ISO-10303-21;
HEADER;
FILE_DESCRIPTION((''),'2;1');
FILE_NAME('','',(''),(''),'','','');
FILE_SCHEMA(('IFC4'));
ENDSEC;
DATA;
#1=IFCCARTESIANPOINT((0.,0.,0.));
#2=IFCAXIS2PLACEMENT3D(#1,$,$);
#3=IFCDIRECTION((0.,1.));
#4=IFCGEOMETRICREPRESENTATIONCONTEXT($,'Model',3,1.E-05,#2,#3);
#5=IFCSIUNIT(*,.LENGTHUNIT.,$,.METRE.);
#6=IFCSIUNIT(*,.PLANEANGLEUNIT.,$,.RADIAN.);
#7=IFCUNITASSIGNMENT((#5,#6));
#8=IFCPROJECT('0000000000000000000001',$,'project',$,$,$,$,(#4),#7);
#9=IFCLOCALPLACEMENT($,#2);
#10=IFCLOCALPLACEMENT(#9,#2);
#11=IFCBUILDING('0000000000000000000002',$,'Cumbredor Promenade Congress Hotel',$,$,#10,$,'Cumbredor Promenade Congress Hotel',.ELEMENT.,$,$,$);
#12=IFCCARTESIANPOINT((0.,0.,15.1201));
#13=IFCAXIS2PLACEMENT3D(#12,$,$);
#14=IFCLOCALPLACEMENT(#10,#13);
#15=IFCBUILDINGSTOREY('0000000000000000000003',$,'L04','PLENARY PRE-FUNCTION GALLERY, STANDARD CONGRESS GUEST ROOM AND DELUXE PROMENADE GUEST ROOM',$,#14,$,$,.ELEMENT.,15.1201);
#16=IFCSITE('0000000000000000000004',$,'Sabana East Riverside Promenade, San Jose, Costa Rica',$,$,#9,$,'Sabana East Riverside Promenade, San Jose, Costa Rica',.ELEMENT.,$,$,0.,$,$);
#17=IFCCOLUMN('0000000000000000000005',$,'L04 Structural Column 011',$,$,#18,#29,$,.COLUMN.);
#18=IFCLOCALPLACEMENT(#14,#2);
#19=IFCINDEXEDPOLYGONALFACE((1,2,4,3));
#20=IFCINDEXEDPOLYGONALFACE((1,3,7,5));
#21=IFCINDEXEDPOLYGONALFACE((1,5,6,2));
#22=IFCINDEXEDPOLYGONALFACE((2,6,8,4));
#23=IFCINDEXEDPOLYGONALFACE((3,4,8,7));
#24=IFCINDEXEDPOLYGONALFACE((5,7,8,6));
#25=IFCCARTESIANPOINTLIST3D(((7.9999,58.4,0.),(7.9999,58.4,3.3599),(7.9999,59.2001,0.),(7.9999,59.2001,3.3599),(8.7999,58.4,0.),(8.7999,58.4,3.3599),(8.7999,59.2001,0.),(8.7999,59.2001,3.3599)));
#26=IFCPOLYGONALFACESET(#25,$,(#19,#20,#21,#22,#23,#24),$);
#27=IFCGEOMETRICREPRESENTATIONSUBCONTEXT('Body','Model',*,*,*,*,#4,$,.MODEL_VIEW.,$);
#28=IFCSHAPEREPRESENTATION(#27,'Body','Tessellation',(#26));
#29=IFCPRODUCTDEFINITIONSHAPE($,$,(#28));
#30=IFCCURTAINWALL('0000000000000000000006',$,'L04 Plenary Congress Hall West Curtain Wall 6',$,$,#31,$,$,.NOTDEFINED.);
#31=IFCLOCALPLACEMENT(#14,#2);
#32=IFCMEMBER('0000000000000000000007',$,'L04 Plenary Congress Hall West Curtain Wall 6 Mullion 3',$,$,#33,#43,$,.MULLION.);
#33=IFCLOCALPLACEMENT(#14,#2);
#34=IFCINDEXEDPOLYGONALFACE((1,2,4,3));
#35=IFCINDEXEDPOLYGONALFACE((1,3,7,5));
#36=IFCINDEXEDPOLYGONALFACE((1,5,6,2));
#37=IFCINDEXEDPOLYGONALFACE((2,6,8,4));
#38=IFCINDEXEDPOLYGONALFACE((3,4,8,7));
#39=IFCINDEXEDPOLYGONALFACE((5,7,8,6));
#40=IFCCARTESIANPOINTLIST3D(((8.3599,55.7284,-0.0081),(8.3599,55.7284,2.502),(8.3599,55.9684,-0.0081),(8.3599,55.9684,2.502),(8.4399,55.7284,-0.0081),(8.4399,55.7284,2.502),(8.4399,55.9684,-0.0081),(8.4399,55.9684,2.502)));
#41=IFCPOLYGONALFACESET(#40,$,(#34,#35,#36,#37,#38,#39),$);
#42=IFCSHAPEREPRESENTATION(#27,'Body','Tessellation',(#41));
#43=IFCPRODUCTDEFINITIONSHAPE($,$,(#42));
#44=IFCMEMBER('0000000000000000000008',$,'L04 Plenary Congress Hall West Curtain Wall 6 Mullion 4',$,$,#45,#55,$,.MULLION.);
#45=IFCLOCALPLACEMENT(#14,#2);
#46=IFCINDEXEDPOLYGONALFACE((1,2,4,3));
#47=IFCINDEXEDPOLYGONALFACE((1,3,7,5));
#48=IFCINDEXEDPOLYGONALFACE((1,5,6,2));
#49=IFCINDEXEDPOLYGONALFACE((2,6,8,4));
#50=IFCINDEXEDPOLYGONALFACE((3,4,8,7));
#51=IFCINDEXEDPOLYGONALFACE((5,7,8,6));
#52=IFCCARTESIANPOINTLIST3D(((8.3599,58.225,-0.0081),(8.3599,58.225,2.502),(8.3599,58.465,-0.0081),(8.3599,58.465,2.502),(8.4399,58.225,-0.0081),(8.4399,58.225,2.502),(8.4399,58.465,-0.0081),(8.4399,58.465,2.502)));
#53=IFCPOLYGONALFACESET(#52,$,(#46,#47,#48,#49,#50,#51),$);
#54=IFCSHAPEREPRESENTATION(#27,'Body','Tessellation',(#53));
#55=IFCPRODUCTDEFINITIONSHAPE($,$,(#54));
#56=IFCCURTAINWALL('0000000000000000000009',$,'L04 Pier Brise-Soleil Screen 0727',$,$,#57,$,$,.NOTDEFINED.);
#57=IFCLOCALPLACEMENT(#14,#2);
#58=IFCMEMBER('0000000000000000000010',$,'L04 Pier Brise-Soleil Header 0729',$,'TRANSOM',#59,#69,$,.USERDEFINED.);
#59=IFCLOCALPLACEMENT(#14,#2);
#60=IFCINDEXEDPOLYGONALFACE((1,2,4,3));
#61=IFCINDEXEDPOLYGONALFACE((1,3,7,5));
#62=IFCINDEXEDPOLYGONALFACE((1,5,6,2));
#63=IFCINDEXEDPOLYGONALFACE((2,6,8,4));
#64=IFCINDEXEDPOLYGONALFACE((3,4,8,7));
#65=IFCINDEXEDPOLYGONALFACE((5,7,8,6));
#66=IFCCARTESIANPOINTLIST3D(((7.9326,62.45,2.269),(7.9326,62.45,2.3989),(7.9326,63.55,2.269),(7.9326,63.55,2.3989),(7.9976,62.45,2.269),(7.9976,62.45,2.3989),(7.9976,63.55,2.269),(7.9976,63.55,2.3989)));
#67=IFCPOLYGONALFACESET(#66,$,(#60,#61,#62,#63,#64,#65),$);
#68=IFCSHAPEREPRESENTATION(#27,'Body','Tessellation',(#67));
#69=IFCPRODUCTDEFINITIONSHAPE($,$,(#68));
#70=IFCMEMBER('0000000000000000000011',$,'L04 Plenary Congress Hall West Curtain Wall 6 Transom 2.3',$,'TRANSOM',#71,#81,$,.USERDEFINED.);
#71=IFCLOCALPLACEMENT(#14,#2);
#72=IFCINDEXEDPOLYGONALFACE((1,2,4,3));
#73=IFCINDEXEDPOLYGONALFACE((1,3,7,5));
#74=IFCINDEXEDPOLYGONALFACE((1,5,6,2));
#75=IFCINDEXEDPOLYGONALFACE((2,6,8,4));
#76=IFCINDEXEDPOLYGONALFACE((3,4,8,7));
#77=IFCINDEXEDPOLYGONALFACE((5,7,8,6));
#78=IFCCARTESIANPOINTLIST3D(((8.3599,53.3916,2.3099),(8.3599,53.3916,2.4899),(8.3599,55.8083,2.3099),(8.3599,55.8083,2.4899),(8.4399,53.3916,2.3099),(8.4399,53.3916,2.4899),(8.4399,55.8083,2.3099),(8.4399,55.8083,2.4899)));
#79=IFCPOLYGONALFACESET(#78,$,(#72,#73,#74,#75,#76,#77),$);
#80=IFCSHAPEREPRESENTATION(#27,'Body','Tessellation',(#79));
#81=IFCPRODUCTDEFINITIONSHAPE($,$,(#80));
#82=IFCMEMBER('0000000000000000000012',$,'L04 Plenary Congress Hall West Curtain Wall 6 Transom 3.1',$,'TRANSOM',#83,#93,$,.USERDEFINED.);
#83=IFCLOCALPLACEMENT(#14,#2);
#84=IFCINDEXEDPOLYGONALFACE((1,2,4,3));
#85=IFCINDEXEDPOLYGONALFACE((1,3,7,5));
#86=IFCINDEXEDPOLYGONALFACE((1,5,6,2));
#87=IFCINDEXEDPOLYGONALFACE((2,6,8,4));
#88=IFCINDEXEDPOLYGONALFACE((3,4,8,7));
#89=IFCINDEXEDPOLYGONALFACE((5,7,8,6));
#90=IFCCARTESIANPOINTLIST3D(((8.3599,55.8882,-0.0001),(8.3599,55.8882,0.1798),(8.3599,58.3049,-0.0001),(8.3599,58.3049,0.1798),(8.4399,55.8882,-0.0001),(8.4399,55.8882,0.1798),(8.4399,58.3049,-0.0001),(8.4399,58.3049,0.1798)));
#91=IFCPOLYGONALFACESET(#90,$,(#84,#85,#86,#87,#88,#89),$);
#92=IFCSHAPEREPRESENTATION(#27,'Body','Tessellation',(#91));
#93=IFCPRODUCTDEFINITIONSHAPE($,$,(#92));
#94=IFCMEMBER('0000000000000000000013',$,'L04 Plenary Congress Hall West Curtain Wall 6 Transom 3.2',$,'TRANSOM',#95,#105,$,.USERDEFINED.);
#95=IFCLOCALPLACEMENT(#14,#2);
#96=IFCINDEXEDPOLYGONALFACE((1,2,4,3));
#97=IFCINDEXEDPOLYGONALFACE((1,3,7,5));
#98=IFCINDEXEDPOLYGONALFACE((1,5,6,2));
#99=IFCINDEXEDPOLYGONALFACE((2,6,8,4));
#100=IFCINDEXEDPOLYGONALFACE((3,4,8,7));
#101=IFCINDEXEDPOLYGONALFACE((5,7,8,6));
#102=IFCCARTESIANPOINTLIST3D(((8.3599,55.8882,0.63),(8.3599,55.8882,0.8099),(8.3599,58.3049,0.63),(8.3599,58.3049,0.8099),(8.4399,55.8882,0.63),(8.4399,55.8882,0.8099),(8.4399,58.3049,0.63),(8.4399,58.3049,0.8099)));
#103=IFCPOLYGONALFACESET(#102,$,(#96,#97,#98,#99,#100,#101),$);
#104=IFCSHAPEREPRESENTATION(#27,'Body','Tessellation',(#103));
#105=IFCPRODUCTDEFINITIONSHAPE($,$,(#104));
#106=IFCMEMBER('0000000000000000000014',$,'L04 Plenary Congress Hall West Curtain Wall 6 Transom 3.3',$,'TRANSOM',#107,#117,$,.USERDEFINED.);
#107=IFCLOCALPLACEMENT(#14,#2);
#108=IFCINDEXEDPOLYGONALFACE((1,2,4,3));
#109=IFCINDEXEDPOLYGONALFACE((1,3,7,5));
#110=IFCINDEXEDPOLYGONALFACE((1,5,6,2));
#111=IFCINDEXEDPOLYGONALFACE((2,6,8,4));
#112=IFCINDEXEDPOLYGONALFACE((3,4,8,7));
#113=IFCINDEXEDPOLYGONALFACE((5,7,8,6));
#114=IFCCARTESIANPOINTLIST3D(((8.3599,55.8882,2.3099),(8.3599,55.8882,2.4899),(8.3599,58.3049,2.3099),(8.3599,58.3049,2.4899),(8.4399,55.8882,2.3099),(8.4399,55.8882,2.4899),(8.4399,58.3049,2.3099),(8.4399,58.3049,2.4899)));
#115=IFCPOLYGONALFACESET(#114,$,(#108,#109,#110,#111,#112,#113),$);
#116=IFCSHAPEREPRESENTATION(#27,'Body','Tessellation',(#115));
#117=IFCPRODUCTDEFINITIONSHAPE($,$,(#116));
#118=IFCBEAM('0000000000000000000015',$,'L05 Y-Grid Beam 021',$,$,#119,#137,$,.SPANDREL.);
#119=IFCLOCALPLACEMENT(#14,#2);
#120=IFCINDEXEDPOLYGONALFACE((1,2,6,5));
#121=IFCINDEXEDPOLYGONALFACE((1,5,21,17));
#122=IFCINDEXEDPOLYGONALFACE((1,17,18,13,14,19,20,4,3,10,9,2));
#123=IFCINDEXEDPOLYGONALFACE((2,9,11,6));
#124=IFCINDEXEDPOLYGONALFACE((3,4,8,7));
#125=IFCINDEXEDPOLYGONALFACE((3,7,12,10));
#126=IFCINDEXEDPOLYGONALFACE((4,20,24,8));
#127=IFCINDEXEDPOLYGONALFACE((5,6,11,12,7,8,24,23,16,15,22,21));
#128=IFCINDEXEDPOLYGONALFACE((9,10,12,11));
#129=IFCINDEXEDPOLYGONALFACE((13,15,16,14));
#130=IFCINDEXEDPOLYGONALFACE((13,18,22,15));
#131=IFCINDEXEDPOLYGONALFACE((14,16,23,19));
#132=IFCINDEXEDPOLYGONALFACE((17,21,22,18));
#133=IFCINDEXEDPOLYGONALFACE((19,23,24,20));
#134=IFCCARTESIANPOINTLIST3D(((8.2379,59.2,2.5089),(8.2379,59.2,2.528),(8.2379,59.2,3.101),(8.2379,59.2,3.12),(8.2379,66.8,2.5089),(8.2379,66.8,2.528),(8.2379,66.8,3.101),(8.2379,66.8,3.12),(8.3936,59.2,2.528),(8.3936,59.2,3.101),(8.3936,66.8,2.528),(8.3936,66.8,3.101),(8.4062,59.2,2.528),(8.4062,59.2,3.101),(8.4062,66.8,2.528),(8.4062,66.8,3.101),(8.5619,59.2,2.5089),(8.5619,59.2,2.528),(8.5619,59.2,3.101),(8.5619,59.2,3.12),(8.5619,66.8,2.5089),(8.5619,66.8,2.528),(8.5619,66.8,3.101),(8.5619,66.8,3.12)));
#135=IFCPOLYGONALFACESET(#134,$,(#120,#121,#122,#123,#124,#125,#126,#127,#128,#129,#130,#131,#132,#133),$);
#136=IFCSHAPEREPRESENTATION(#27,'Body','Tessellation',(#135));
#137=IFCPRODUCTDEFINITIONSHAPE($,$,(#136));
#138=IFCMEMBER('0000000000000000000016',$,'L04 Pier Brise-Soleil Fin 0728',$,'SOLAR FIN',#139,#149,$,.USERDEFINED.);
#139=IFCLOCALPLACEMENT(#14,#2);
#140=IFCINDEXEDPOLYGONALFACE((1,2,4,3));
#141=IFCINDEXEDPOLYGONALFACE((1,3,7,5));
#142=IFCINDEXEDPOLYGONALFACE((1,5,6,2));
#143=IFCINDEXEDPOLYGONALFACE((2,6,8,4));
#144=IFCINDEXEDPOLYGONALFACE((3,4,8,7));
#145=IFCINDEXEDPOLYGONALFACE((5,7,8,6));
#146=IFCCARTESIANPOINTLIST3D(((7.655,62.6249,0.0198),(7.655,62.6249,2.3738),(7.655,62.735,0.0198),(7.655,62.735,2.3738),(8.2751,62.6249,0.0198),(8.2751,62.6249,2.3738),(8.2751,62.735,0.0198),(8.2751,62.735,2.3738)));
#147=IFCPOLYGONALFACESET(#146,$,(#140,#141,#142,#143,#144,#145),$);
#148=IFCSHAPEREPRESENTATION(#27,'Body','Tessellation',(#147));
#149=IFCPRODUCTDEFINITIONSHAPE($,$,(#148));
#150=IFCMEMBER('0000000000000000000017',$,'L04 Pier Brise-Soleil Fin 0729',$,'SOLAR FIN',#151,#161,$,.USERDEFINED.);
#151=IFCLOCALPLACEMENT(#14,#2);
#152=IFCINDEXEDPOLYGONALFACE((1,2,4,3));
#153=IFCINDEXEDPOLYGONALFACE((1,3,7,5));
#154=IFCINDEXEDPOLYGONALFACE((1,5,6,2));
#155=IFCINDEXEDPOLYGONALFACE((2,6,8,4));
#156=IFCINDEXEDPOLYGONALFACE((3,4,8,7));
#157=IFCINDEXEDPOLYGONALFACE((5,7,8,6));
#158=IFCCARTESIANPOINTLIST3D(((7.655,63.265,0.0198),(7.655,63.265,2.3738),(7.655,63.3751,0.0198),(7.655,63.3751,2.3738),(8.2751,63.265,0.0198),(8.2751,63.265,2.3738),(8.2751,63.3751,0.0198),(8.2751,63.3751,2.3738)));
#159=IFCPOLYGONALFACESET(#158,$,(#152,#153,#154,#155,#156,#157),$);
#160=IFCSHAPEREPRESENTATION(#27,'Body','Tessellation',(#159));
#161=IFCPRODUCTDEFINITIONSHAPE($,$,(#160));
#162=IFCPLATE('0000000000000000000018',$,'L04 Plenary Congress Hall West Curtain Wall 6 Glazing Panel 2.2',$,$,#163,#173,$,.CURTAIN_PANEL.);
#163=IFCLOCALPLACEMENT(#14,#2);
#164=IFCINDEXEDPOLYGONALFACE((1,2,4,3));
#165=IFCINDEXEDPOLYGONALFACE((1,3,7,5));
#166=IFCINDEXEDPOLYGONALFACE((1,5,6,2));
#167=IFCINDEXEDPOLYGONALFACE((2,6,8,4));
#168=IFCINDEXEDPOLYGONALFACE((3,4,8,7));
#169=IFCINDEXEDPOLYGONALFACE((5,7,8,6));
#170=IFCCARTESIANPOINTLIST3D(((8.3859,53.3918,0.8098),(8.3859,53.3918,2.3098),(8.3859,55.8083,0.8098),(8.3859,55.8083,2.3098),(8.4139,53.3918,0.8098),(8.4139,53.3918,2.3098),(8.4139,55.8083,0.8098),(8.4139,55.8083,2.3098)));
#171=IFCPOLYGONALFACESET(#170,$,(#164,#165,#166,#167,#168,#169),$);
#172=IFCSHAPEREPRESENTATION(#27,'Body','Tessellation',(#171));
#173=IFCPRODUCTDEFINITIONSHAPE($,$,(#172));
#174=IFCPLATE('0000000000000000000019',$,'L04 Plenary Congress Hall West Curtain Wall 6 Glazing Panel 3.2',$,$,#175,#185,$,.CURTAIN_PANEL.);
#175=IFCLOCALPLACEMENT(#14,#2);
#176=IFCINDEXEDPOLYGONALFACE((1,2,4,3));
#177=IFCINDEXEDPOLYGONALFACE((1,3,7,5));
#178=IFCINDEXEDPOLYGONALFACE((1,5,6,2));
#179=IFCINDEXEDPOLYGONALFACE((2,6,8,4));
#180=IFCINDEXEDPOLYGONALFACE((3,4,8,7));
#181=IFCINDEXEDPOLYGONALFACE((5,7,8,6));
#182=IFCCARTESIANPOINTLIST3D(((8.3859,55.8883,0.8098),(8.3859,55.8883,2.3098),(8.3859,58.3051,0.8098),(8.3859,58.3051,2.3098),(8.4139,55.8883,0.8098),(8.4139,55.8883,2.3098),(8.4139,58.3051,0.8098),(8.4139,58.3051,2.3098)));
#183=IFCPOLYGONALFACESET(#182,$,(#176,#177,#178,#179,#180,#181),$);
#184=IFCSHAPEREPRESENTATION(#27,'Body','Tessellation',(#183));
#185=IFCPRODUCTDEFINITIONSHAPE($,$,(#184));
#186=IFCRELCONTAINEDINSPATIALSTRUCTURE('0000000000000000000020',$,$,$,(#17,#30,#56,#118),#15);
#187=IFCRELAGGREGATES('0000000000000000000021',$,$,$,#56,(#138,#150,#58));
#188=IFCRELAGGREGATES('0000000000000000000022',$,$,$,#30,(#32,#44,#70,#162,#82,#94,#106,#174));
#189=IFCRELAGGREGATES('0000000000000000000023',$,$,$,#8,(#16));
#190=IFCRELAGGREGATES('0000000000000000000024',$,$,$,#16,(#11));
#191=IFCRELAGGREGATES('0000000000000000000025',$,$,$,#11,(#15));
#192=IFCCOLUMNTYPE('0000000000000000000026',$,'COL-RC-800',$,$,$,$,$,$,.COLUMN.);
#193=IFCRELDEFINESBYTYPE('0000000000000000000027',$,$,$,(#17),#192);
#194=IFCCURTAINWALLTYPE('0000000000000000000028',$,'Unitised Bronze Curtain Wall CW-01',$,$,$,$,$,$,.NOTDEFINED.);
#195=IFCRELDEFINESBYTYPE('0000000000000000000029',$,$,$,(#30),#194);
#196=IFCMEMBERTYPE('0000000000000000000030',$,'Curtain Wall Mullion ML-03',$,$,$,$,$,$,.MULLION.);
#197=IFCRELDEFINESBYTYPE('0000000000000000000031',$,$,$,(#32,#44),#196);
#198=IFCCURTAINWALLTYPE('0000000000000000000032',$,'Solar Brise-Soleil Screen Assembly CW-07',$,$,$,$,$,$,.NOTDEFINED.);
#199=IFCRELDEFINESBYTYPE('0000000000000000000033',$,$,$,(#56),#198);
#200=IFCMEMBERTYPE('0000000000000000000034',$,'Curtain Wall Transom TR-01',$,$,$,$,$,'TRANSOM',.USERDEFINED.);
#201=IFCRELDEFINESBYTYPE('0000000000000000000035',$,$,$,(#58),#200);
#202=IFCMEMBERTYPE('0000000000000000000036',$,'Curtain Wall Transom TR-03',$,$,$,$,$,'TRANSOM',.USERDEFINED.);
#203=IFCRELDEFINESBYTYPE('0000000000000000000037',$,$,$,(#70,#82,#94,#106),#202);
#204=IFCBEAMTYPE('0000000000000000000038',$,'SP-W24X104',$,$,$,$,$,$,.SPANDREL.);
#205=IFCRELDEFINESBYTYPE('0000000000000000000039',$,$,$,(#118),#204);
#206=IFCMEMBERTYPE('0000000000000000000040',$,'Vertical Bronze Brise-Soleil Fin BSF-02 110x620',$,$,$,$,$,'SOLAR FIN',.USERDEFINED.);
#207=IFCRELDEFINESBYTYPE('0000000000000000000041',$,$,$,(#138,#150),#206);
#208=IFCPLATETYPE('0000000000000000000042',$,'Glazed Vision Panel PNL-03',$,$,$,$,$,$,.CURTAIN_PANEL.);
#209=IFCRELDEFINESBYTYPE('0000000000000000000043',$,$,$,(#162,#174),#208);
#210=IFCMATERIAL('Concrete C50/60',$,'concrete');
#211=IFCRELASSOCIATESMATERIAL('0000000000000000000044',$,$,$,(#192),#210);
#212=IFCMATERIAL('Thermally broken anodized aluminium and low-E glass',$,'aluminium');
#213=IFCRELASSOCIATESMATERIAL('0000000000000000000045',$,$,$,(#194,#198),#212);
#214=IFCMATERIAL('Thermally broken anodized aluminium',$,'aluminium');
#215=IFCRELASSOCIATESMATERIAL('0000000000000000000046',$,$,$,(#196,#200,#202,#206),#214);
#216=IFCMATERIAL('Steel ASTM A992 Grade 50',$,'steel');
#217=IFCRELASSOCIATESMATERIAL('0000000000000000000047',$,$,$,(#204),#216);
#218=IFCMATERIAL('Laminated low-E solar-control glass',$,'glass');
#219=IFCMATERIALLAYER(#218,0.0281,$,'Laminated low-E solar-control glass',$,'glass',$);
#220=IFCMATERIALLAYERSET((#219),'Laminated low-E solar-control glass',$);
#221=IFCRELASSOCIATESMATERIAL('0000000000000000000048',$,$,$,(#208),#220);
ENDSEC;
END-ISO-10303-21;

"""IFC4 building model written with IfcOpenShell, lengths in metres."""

from ifc_helpers import new_model, si_unit, direction, frame, origin, origin_2d, place, context, subcontext, project, spatial, rectangle, i_section, extrude, material, layer, layer_set, material_profile, profile_set, type_object, element, aggregate, save


model = new_model("IFC4")

# Units and contexts
model_context = context("Model", 3, precision=1e-05, world=origin(), true_north=direction((0.0, 1.0)))
body_context = subcontext(model_context, "Body", "Model", "MODEL_VIEW")
ifc_project = project(units=[si_unit("LENGTHUNIT", "METRE"), si_unit("PLANEANGLEUNIT", "RADIAN")], contexts=[model_context])

# Site, building, storey
site_placement = place(None, origin())
site = spatial("IfcSite", under=ifc_project, at=site_placement, Name="Sabana East Riverside Promenade, San Jose, Costa Rica", LongName="Sabana East Riverside Promenade, San Jose, Costa Rica", CompositionType="ELEMENT", RefElevation=0.0)
building_placement = place(site_placement, origin())
building = spatial("IfcBuilding", under=site, at=building_placement, Name="Cumbredor Promenade Congress Hotel", LongName="Cumbredor Promenade Congress Hotel", CompositionType="ELEMENT")
storey_placement = place(building_placement, frame((0.0, 0.0, 15.1201)))
storey = spatial("IfcBuildingStorey", under=building, at=storey_placement, Name="L04", Description="PLENARY PRE-FUNCTION GALLERY, STANDARD CONGRESS GUEST ROOM AND DELUXE PROMENADE GUEST ROOM", CompositionType="ELEMENT", Elevation=15.1201)

# Column
ifc_material_1 = material(Name="Concrete C50/60", Category="concrete")
ifc_material_profile_1 = material_profile(ifc_material_1, rectangle(XDim=0.8, YDim=0.8, at=origin_2d()), Name="RC 800x800")
ifc_profile_set_1 = profile_set([ifc_material_profile_1], Name="Concrete C50/60")
column_type = type_object("IfcColumnType", Name="COL-RC-800", PredefinedType="COLUMN", material=ifc_profile_set_1)
column_placement = place(storey_placement, frame((8.3999, 58.8, 0.0), z_axis=(0.0, 0.0, 1.0), x_axis=(1.0, 0.0, 0.0)))
element("IfcColumn", 1, at=column_placement, inside=storey, type_object=column_type, Name="L04 Structural Column 011", PredefinedType="COLUMN", context=body_context, shape_type="SweptSolid", body=[
    extrude(rectangle(XDim=0.8, YDim=0.8, at=origin_2d()), origin(), (0.0, 0.0, 1.0), 3.3599),
])

# Curtain wall, members
ifc_material_2 = material(Name="Thermally broken anodized aluminium and low-E glass", Category="aluminium")
curtain_wall_type_1 = type_object("IfcCurtainWallType", Name="Unitised Bronze Curtain Wall CW-01", PredefinedType="NOTDEFINED", material=ifc_material_2)
curtain_wall_1_placement = place(storey_placement, origin())
curtain_wall_1 = element("IfcCurtainWall", 2, at=curtain_wall_1_placement, inside=storey, type_object=curtain_wall_type_1, Name="L04 Plenary Congress Hall West Curtain Wall 6", PredefinedType="NOTDEFINED")
ifc_material_3 = material(Name="Thermally broken anodized aluminium", Category="aluminium")
ifc_material_profile_2 = material_profile(ifc_material_3, rectangle(XDim=0.0801, YDim=0.24, at=origin_2d()), Name="ALU MULLION 80x240")
ifc_profile_set_2 = profile_set([ifc_material_profile_2], Name="Thermally broken anodized aluminium")
member_type_1 = type_object("IfcMemberType", Name="Curtain Wall Mullion ML-03", PredefinedType="MULLION", material=ifc_profile_set_2)
member_1_placement = place(storey_placement, frame((8.3999, 55.8484, -0.0081), z_axis=(0.0, 0.0, 1.0), x_axis=(1.0, 0.0, 0.0)))
member_1 = element("IfcMember", 3, at=member_1_placement, type_object=member_type_1, Name="L04 Plenary Congress Hall West Curtain Wall 6 Mullion 3", PredefinedType="MULLION", context=body_context, shape_type="SweptSolid", body=[
    extrude(rectangle(XDim=0.0801, YDim=0.24, at=origin_2d()), origin(), (0.0, 0.0, 1.0), 2.51),
])
member_2_placement = place(storey_placement, frame((8.3999, 58.345, -0.0081), z_axis=(0.0, 0.0, 1.0), x_axis=(1.0, 0.0, 0.0)))
member_2 = element("IfcMember", 4, at=member_2_placement, type_object=member_type_1, Name="L04 Plenary Congress Hall West Curtain Wall 6 Mullion 4", PredefinedType="MULLION", context=body_context, shape_type="SweptSolid", body=[
    extrude(rectangle(XDim=0.0801, YDim=0.24, at=origin_2d()), origin(), (0.0, 0.0, 1.0), 2.51),
])

# Curtain wall, member
curtain_wall_type_2 = type_object("IfcCurtainWallType", Name="Solar Brise-Soleil Screen Assembly CW-07", PredefinedType="NOTDEFINED", material=ifc_material_2)
curtain_wall_2_placement = place(storey_placement, origin())
curtain_wall_2 = element("IfcCurtainWall", 5, at=curtain_wall_2_placement, inside=storey, type_object=curtain_wall_type_2, Name="L04 Pier Brise-Soleil Screen 0727", PredefinedType="NOTDEFINED")
ifc_material_profile_3 = material_profile(ifc_material_3, rectangle(XDim=0.0649, YDim=0.1299, at=origin_2d()), Name="ALU TRANSOM 65x130")
ifc_profile_set_3 = profile_set([ifc_material_profile_3], Name="Thermally broken anodized aluminium")
member_type_2 = type_object("IfcMemberType", Name="Curtain Wall Transom TR-01", ElementType="TRANSOM", PredefinedType="USERDEFINED", material=ifc_profile_set_3)
member_3_placement = place(storey_placement, frame((7.9651, 62.45, 2.334), z_axis=(0.0, 1.0, 0.0), x_axis=(-1.0, 0.0, 0.0)))
member_3 = element("IfcMember", 6, at=member_3_placement, type_object=member_type_2, Name="L04 Pier Brise-Soleil Header 0729", ObjectType="TRANSOM", PredefinedType="USERDEFINED", context=body_context, shape_type="SweptSolid", body=[
    extrude(rectangle(XDim=0.0649, YDim=0.1299, at=origin_2d()), origin(), (0.0, 0.0, 1.0), 1.1001),
])

# Members
ifc_material_profile_4 = material_profile(ifc_material_3, rectangle(XDim=0.0801, YDim=0.1799, at=origin_2d()), Name="ALU TRANSOM 80x180")
ifc_profile_set_4 = profile_set([ifc_material_profile_4], Name="Thermally broken anodized aluminium")
member_type_3 = type_object("IfcMemberType", Name="Curtain Wall Transom TR-03", ElementType="TRANSOM", PredefinedType="USERDEFINED", material=ifc_profile_set_4)
member_4_placement = place(storey_placement, frame((8.3999, 53.3916, 2.3999), z_axis=(0.0, 1.0, 0.0), x_axis=(-1.0, 0.0, 0.0)))
member_4 = element("IfcMember", 7, at=member_4_placement, type_object=member_type_3, Name="L04 Plenary Congress Hall West Curtain Wall 6 Transom 2.3", ObjectType="TRANSOM", PredefinedType="USERDEFINED", context=body_context, shape_type="SweptSolid", body=[
    extrude(rectangle(XDim=0.0801, YDim=0.1799, at=origin_2d()), origin(), (0.0, 0.0, 1.0), 2.4167),
])
member_5_placement = place(storey_placement, frame((8.3999, 55.8882, 0.0898), z_axis=(0.0, 1.0, 0.0), x_axis=(-1.0, 0.0, 0.0)))
member_5 = element("IfcMember", 8, at=member_5_placement, type_object=member_type_3, Name="L04 Plenary Congress Hall West Curtain Wall 6 Transom 3.1", ObjectType="TRANSOM", PredefinedType="USERDEFINED", context=body_context, shape_type="SweptSolid", body=[
    extrude(rectangle(XDim=0.0801, YDim=0.1799, at=origin_2d()), origin(), (0.0, 0.0, 1.0), 2.4167),
])
member_6_placement = place(storey_placement, frame((8.3999, 55.8882, 0.72), z_axis=(0.0, 1.0, 0.0), x_axis=(-1.0, 0.0, 0.0)))
member_6 = element("IfcMember", 9, at=member_6_placement, type_object=member_type_3, Name="L04 Plenary Congress Hall West Curtain Wall 6 Transom 3.2", ObjectType="TRANSOM", PredefinedType="USERDEFINED", context=body_context, shape_type="SweptSolid", body=[
    extrude(rectangle(XDim=0.0801, YDim=0.1799, at=origin_2d()), origin(), (0.0, 0.0, 1.0), 2.4167),
])
member_7_placement = place(storey_placement, frame((8.3999, 55.8882, 2.3999), z_axis=(0.0, 1.0, 0.0), x_axis=(-1.0, 0.0, 0.0)))
member_7 = element("IfcMember", 10, at=member_7_placement, type_object=member_type_3, Name="L04 Plenary Congress Hall West Curtain Wall 6 Transom 3.3", ObjectType="TRANSOM", PredefinedType="USERDEFINED", context=body_context, shape_type="SweptSolid", body=[
    extrude(rectangle(XDim=0.0801, YDim=0.1799, at=origin_2d()), origin(), (0.0, 0.0, 1.0), 2.4167),
])

# Beam
ifc_material_4 = material(Name="Steel ASTM A992 Grade 50", Category="steel")
ifc_material_profile_5 = material_profile(ifc_material_4, i_section(OverallWidth=0.324, OverallDepth=0.6111, WebThickness=0.0127, FlangeThickness=0.019, at=origin_2d()), Name="W24X104")
ifc_profile_set_5 = profile_set([ifc_material_profile_5], Name="Steel ASTM A992 Grade 50")
beam_type = type_object("IfcBeamType", Name="SP-W24X104", PredefinedType="SPANDREL", material=ifc_profile_set_5)
beam_placement = place(storey_placement, frame((8.3999, 59.2, 2.8145), z_axis=(0.0, 1.0, 0.0), x_axis=(-1.0, 0.0, 0.0)))
element("IfcBeam", 11, at=beam_placement, inside=storey, type_object=beam_type, Name="L05 Y-Grid Beam 021", PredefinedType="SPANDREL", context=body_context, shape_type="SweptSolid", body=[
    extrude(i_section(OverallWidth=0.324, OverallDepth=0.6111, WebThickness=0.0127, FlangeThickness=0.019, at=origin_2d()), origin(), (0.0, 0.0, 1.0), 7.6001),
])

# Members
ifc_material_profile_6 = material_profile(ifc_material_3, rectangle(XDim=0.1101, YDim=0.6201, at=origin_2d()), Name="ARCH FIN 110x620")
ifc_profile_set_6 = profile_set([ifc_material_profile_6], Name="Thermally broken anodized aluminium")
member_type_4 = type_object("IfcMemberType", Name="Vertical Bronze Brise-Soleil Fin BSF-02 110x620", ElementType="SOLAR FIN", PredefinedType="USERDEFINED", material=ifc_profile_set_6)
member_8_placement = place(storey_placement, frame((7.9651, 62.6799, 0.0198), z_axis=(0.0, 0.0, 1.0), x_axis=(0.0, 1.0, 0.0)))
member_8 = element("IfcMember", 12, at=member_8_placement, type_object=member_type_4, Name="L04 Pier Brise-Soleil Fin 0728", ObjectType="SOLAR FIN", PredefinedType="USERDEFINED", context=body_context, shape_type="SweptSolid", body=[
    extrude(rectangle(XDim=0.1101, YDim=0.6201, at=origin_2d()), origin(), (0.0, 0.0, 1.0), 2.354),
])
member_9_placement = place(storey_placement, frame((7.9651, 63.3201, 0.0198), z_axis=(0.0, 0.0, 1.0), x_axis=(0.0, 1.0, 0.0)))
member_9 = element("IfcMember", 13, at=member_9_placement, type_object=member_type_4, Name="L04 Pier Brise-Soleil Fin 0729", ObjectType="SOLAR FIN", PredefinedType="USERDEFINED", context=body_context, shape_type="SweptSolid", body=[
    extrude(rectangle(XDim=0.1101, YDim=0.6201, at=origin_2d()), origin(), (0.0, 0.0, 1.0), 2.354),
])
aggregate(curtain_wall_2, [member_8, member_9, member_3])

# Plates
ifc_material_5 = material(Name="Laminated low-E solar-control glass", Category="glass")
ifc_layer_1 = layer(ifc_material_5, 0.0281, Name="Laminated low-E solar-control glass", Category="glass")
ifc_layer_set_1 = layer_set([ifc_layer_1], Name="Laminated low-E solar-control glass")
plate_type_1 = type_object("IfcPlateType", Name="Glazed Vision Panel PNL-03", PredefinedType="CURTAIN_PANEL", material=ifc_layer_set_1)
plate_1_placement = place(storey_placement, frame((8.3999, 54.6001, 0.8098), z_axis=(0.0, 0.0, 1.0), x_axis=(0.0, 1.0, 0.0)))
plate_1 = element("IfcPlate", 14, at=plate_1_placement, type_object=plate_type_1, Name="L04 Plenary Congress Hall West Curtain Wall 6 Glazing Panel 2.2", PredefinedType="CURTAIN_PANEL", context=body_context, shape_type="SweptSolid", body=[
    extrude(rectangle(XDim=2.4165, YDim=0.0281, at=origin_2d()), origin(), (0.0, 0.0, 1.0), 1.5),
])
plate_2_placement = place(storey_placement, frame((8.3999, 57.0967, 0.8098), z_axis=(0.0, 0.0, 1.0), x_axis=(0.0, 1.0, 0.0)))
plate_2 = element("IfcPlate", 15, at=plate_2_placement, type_object=plate_type_1, Name="L04 Plenary Congress Hall West Curtain Wall 6 Glazing Panel 3.2", PredefinedType="CURTAIN_PANEL", context=body_context, shape_type="SweptSolid", body=[
    extrude(rectangle(XDim=2.4167, YDim=0.0281, at=origin_2d()), origin(), (0.0, 0.0, 1.0), 1.5),
])
aggregate(curtain_wall_1, [member_1, member_2, member_4, plate_1, member_5, member_6, member_7, plate_2])

save(model, "model.ifc")
